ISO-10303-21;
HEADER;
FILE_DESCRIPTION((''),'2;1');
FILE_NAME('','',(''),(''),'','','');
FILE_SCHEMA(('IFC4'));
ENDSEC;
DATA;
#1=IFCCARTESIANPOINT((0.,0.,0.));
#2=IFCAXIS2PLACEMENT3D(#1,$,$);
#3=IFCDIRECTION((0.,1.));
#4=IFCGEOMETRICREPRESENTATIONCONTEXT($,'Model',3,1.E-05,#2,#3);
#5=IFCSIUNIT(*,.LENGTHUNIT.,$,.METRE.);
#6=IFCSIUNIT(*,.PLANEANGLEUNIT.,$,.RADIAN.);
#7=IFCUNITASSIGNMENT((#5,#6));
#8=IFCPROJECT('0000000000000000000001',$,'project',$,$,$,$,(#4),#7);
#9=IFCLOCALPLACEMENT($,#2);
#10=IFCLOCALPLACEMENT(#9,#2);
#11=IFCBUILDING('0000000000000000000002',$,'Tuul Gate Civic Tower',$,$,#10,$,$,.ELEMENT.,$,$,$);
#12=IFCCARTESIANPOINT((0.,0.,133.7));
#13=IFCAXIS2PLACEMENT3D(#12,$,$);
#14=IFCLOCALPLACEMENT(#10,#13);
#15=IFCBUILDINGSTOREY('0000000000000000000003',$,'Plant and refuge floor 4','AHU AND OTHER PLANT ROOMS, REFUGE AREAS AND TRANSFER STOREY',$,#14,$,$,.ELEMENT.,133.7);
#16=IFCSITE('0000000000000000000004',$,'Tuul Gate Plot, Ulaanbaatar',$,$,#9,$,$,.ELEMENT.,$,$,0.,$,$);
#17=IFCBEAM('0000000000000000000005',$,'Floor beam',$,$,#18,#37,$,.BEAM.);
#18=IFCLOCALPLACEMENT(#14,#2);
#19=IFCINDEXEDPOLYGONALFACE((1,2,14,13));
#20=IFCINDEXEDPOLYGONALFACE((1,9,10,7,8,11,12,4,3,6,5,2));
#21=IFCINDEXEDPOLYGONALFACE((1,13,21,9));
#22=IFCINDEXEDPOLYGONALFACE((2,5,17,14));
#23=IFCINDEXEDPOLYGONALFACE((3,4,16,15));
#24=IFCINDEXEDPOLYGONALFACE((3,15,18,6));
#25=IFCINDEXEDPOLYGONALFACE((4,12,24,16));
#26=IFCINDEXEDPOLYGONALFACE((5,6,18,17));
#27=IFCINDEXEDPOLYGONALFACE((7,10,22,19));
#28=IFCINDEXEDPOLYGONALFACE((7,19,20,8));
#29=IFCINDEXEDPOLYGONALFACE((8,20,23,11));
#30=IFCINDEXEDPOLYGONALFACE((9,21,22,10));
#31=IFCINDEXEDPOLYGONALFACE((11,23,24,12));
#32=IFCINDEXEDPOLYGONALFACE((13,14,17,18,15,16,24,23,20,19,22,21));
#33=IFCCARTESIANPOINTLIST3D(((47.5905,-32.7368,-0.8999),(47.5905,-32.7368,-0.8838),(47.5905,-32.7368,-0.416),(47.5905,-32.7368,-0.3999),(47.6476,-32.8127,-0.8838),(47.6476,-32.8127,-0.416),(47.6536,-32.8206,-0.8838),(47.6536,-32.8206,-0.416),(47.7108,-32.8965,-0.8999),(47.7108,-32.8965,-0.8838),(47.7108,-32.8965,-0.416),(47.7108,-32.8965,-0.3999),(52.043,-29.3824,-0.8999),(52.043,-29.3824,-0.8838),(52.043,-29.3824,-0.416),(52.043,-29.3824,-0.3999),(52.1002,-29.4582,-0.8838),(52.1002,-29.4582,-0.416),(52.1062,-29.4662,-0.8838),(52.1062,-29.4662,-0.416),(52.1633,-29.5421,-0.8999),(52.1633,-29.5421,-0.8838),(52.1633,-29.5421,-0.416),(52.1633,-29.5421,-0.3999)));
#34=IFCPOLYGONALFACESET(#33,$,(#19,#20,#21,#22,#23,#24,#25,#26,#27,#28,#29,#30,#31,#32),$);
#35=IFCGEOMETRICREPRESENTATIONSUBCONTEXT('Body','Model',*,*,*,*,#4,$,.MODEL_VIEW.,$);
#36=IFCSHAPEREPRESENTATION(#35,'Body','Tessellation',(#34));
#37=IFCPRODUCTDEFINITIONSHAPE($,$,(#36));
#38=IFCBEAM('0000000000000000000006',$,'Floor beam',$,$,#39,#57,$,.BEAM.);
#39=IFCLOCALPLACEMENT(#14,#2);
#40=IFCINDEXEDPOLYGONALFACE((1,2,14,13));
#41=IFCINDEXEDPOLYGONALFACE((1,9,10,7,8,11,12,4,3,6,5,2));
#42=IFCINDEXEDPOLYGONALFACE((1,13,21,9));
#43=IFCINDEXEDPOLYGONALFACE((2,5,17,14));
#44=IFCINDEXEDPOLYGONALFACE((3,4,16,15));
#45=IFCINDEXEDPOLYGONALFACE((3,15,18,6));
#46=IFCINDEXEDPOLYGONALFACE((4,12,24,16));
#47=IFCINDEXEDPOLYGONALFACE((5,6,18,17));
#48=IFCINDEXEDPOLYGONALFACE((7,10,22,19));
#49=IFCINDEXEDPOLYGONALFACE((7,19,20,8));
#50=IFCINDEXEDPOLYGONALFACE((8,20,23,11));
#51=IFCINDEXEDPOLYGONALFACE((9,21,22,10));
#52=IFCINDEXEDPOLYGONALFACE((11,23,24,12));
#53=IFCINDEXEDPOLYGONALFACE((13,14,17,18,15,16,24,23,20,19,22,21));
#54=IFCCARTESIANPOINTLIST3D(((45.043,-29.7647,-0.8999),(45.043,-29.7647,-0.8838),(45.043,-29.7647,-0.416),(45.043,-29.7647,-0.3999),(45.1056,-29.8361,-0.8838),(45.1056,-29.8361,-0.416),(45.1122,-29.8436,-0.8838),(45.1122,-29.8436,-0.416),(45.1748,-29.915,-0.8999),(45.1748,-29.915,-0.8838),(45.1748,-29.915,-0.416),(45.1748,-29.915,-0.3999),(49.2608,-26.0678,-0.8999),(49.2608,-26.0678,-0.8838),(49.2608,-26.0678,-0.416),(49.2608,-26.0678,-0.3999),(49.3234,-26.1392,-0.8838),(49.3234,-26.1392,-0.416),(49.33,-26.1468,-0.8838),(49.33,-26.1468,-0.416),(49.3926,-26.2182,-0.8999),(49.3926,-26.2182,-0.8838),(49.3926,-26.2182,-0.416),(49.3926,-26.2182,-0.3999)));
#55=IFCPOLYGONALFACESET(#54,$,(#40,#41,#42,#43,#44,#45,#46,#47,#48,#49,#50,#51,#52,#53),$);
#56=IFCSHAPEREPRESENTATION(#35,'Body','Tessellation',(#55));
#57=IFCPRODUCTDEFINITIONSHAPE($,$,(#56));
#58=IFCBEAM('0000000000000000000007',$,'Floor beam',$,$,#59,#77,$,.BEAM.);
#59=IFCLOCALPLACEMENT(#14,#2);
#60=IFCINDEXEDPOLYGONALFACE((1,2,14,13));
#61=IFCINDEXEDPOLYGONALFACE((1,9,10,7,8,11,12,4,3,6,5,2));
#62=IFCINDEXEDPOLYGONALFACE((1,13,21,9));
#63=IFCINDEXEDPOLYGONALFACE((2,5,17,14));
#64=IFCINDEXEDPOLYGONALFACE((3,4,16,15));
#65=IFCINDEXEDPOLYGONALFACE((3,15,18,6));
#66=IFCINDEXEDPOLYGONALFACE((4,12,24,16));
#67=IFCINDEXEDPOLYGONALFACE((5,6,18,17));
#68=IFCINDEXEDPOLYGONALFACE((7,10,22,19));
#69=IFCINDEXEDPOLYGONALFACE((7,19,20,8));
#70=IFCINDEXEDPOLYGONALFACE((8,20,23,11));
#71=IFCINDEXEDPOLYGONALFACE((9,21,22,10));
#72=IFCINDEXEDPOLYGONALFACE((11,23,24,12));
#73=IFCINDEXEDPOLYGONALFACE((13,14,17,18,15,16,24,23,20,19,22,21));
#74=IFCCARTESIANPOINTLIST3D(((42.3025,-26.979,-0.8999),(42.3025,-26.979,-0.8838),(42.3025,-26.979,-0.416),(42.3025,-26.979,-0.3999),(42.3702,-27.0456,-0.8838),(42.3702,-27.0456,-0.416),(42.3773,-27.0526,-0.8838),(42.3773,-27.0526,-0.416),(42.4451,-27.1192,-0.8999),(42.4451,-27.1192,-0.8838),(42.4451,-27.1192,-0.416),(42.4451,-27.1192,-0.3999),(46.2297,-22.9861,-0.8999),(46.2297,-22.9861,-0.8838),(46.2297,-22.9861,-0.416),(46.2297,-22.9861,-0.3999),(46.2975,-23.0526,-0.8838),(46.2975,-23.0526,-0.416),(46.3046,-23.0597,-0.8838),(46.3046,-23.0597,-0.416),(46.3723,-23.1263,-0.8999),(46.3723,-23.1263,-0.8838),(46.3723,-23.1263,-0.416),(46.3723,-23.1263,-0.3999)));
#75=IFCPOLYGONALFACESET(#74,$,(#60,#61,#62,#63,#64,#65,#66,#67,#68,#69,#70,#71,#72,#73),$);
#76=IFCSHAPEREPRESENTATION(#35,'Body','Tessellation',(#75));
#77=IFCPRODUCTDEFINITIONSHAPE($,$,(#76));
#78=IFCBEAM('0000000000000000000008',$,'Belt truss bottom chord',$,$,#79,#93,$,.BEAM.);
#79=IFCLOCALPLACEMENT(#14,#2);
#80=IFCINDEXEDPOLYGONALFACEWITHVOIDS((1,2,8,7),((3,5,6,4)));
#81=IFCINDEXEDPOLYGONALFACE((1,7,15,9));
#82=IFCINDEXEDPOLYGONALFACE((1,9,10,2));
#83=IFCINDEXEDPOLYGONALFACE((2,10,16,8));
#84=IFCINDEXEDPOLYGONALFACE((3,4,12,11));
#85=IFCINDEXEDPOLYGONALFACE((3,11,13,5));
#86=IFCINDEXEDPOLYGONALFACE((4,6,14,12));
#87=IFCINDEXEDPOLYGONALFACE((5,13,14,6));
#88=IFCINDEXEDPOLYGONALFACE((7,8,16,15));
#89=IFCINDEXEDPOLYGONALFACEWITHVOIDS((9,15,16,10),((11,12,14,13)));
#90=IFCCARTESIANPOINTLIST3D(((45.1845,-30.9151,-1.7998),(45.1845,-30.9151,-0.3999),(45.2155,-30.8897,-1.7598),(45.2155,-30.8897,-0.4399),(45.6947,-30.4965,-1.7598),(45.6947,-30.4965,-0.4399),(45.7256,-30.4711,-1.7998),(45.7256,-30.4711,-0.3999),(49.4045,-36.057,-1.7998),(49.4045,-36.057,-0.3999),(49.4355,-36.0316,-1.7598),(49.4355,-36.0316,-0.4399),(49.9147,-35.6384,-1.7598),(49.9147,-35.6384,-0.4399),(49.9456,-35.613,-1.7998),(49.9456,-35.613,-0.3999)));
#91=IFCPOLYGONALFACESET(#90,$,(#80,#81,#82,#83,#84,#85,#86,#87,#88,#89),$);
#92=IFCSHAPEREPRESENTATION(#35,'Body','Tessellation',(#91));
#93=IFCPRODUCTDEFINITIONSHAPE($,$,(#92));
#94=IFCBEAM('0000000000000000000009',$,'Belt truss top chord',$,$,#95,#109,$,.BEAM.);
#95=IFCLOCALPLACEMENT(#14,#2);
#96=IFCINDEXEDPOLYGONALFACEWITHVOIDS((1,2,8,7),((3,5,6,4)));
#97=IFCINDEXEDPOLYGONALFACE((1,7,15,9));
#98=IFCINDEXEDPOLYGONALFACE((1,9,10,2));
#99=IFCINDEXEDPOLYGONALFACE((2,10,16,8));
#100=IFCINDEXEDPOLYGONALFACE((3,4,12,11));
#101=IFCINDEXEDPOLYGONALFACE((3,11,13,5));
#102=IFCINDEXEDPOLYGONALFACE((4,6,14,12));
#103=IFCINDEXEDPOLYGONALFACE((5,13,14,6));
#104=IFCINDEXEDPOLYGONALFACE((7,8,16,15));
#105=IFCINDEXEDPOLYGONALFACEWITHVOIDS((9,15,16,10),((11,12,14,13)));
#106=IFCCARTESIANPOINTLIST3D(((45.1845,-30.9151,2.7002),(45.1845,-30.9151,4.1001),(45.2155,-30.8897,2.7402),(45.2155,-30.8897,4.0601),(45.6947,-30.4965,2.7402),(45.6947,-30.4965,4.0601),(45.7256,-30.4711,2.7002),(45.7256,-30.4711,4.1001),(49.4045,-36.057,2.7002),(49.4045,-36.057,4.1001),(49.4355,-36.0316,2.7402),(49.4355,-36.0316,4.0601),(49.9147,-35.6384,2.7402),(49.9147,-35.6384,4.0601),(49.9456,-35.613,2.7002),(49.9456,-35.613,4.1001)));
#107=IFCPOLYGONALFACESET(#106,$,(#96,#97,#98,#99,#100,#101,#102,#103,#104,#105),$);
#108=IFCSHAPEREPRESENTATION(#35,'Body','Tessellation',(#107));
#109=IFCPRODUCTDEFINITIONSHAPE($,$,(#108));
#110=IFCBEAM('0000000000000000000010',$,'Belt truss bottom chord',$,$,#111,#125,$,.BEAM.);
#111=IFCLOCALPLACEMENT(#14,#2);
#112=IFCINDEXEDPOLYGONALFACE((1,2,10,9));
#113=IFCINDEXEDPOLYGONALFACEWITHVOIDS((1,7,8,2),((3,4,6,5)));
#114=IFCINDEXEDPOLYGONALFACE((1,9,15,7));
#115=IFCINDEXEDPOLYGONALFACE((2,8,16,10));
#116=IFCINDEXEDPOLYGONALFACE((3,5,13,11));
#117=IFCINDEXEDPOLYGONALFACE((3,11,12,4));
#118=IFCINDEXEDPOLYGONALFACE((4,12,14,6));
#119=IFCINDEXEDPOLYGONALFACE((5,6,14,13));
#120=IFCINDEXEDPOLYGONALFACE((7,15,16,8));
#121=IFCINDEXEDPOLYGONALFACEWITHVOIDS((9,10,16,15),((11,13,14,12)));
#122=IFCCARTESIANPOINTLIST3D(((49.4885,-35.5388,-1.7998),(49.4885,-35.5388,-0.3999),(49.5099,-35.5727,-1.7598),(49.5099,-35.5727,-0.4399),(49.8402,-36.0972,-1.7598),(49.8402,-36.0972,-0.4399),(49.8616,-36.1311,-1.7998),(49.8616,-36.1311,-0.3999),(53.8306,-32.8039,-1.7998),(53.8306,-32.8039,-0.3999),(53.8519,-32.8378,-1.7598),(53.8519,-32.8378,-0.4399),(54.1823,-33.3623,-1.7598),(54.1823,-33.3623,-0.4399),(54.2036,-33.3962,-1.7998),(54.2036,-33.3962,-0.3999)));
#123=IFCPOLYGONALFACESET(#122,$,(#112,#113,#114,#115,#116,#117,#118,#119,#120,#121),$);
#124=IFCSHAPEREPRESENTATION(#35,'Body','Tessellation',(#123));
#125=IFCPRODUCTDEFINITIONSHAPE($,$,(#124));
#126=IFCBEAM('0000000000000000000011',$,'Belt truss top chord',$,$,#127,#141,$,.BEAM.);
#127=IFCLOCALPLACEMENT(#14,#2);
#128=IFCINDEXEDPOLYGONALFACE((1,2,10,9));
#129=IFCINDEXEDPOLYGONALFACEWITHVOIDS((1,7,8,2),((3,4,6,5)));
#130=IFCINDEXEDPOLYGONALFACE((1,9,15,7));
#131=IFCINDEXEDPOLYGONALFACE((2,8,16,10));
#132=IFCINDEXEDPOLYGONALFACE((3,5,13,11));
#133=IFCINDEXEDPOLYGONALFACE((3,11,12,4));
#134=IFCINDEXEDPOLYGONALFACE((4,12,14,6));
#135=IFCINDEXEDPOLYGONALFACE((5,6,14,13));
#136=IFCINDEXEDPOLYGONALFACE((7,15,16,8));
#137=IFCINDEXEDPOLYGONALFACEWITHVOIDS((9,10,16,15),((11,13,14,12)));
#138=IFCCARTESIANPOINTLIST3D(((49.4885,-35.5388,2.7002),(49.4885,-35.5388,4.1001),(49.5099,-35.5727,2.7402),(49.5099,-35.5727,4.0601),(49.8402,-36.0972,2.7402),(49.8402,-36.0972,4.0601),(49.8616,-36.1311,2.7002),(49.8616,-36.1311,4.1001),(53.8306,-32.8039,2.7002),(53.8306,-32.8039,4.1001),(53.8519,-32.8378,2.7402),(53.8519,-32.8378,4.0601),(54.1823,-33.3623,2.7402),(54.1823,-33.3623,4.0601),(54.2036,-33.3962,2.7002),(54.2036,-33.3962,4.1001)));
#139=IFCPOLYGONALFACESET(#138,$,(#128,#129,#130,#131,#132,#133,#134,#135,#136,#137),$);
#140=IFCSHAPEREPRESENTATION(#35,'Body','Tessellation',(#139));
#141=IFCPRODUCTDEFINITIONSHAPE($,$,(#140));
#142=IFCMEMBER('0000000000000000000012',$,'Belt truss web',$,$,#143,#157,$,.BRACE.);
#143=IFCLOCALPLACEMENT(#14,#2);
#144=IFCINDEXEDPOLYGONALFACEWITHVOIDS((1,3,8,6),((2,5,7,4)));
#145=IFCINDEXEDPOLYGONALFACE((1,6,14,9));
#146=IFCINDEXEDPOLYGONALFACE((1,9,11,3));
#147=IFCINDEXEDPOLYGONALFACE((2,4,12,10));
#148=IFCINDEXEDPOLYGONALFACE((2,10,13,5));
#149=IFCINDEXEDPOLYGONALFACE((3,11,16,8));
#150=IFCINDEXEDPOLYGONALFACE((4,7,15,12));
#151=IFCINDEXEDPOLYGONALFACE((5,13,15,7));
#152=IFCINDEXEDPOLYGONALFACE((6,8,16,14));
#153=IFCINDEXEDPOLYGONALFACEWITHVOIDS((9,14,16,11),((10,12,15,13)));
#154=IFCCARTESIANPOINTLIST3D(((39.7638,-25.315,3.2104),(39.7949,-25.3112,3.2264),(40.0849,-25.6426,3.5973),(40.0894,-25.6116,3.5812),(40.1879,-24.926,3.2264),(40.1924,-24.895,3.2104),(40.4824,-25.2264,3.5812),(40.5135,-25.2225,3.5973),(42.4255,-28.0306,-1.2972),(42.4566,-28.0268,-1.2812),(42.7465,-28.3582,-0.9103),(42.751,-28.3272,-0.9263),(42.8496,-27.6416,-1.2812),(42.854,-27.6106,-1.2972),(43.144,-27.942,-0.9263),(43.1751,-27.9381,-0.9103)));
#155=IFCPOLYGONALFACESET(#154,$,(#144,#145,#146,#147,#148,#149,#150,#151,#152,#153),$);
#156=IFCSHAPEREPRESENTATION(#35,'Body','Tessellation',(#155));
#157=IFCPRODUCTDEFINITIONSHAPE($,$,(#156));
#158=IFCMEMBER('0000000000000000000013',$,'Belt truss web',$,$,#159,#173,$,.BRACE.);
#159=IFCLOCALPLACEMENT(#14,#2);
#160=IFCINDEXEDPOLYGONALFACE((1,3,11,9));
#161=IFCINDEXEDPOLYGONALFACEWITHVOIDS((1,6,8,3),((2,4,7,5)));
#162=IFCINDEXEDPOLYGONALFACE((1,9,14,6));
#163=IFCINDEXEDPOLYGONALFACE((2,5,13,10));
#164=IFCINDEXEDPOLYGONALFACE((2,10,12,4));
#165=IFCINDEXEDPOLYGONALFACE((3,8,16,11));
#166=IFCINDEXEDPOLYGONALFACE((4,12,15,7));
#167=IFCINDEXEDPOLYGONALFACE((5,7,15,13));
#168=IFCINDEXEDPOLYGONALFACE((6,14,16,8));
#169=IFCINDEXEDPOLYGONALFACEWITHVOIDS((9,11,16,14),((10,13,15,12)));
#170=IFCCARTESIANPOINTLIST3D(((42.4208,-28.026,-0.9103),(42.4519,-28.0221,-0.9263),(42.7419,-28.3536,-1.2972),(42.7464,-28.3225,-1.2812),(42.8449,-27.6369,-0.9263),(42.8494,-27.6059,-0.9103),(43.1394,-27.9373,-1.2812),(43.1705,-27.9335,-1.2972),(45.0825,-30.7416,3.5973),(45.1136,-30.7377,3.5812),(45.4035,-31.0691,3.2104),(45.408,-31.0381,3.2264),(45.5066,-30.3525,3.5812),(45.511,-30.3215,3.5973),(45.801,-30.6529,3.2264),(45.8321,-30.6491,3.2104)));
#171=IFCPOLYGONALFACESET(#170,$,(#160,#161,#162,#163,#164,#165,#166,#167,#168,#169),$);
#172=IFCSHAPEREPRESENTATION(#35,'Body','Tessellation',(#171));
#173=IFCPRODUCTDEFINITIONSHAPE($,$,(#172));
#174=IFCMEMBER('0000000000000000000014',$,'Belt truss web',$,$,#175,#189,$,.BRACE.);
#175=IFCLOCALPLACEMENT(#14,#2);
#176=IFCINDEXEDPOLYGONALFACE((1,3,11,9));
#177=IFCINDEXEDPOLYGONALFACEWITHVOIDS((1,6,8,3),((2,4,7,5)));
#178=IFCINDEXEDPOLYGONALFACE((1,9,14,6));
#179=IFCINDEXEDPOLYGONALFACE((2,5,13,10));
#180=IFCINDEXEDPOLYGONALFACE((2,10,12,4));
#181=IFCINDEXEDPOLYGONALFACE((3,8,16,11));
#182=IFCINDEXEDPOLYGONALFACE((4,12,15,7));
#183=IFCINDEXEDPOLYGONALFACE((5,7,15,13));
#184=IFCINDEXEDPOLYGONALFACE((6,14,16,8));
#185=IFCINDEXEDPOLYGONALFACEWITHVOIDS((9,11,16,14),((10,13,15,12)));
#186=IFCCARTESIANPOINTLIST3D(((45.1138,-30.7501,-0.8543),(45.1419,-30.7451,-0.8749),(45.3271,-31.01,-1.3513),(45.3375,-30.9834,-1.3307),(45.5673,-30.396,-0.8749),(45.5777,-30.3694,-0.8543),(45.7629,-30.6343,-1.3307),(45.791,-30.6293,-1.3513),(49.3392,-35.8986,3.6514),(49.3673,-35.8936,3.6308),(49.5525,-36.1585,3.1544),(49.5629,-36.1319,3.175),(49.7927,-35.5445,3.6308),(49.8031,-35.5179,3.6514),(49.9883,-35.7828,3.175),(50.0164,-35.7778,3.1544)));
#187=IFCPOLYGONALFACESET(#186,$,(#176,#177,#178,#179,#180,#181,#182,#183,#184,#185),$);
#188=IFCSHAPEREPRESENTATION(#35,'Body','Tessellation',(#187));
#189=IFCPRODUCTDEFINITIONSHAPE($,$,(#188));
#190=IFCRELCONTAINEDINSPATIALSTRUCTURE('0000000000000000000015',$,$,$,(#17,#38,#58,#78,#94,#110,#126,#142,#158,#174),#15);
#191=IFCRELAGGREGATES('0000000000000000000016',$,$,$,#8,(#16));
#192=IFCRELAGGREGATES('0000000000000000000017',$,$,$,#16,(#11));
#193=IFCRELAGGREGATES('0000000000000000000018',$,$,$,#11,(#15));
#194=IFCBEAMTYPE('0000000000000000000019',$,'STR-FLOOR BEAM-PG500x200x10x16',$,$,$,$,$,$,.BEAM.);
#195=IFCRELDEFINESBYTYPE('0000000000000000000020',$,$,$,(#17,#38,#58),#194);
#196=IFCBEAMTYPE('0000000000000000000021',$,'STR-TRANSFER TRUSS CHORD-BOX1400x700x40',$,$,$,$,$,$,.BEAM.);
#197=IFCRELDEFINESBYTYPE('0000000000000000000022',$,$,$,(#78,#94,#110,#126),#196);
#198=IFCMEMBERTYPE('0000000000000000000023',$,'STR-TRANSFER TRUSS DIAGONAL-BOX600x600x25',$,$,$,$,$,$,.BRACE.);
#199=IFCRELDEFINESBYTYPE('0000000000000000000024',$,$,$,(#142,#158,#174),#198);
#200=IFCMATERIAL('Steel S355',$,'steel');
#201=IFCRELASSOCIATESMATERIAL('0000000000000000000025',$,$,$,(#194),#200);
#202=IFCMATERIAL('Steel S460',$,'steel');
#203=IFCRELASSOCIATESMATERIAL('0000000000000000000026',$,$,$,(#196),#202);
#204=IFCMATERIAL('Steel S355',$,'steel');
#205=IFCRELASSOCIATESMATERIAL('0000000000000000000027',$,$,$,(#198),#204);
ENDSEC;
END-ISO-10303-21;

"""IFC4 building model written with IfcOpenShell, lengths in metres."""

from ifc_helpers import new_model, si_unit, direction, frame, origin, origin_2d, place, context, subcontext, project, spatial, hollow_rectangle, i_section, extrude, material, material_profile, profile_set, type_object, element, save


model = new_model("IFC4")

# Units and contexts
model_context = context("Model", 3, precision=1e-05, world=origin(), true_north=direction((0.0, 1.0)))
body_context = subcontext(model_context, "Body", "Model", "MODEL_VIEW")
ifc_project = project(units=[si_unit("LENGTHUNIT", "METRE"), si_unit("PLANEANGLEUNIT", "RADIAN")], contexts=[model_context])

# Site, building, storey
site_placement = place(None, origin())
site = spatial("IfcSite", under=ifc_project, at=site_placement, Name="Tuul Gate Plot, Ulaanbaatar", CompositionType="ELEMENT", RefElevation=0.0)
building_placement = place(site_placement, origin())
building = spatial("IfcBuilding", under=site, at=building_placement, Name="Tuul Gate Civic Tower", CompositionType="ELEMENT")
storey_placement = place(building_placement, frame((0.0, 0.0, 133.7)))
storey = spatial("IfcBuildingStorey", under=building, at=storey_placement, Name="Plant and refuge floor 4", Description="AHU AND OTHER PLANT ROOMS, REFUGE AREAS AND TRANSFER STOREY", CompositionType="ELEMENT", Elevation=133.7)

# Beams
ifc_material_1 = material(Name="Steel S355", Category="steel")
ifc_material_profile_1 = material_profile(ifc_material_1, i_section(OverallWidth=0.2, OverallDepth=0.5, WebThickness=0.01, FlangeThickness=0.0161, at=origin_2d()), Name="PG500x200x10x16")
ifc_profile_set_1 = profile_set([ifc_material_profile_1], Name="Steel S355")
beam_type_1 = type_object("IfcBeamType", Name="STR-FLOOR BEAM-PG500x200x10x16", PredefinedType="BEAM", material=ifc_profile_set_1)
beam_1_placement = place(storey_placement, frame((47.6506, -32.8167, -0.6499), z_axis=(0.798705, 0.601722, 0.0), x_axis=(-0.601722, 0.798705, 0.0)))
element("IfcBeam", 1, at=beam_1_placement, inside=storey, type_object=beam_type_1, Name="Floor beam", PredefinedType="BEAM", context=body_context, shape_type="SweptSolid", body=[
    extrude(i_section(OverallWidth=0.2, OverallDepth=0.5, WebThickness=0.01, FlangeThickness=0.0161, at=origin_2d()), origin(), (0.0, 0.0, 1.0), 5.5747),
])
beam_2_placement = place(storey_placement, frame((45.1089, -29.8398, -0.6499), z_axis=(0.752026, 0.659133, 0.0), x_axis=(-0.659133, 0.752026, 0.0)))
element("IfcBeam", 2, at=beam_2_placement, inside=storey, type_object=beam_type_1, Name="Floor beam", PredefinedType="BEAM", context=body_context, shape_type="SweptSolid", body=[
    extrude(i_section(OverallWidth=0.2, OverallDepth=0.5, WebThickness=0.01, FlangeThickness=0.0161, at=origin_2d()), origin(), (0.0, 0.0, 1.0), 5.6086),
])
beam_3_placement = place(storey_placement, frame((42.3738, -27.0491, -0.6499), z_axis=(0.701219, 0.712946, 0.0), x_axis=(-0.712946, 0.701219, 0.0)))
element("IfcBeam", 3, at=beam_3_placement, inside=storey, type_object=beam_type_1, Name="Floor beam", PredefinedType="BEAM", context=body_context, shape_type="SweptSolid", body=[
    extrude(i_section(OverallWidth=0.2, OverallDepth=0.5, WebThickness=0.01, FlangeThickness=0.0161, at=origin_2d()), origin(), (0.0, 0.0, 1.0), 5.6006),
])
ifc_material_2 = material(Name="Steel S460", Category="steel")
ifc_material_profile_2 = material_profile(ifc_material_2, hollow_rectangle(XDim=0.7, YDim=1.3999, WallThickness=0.04, at=origin_2d()), Name="BOX1400x700x40")
ifc_profile_set_2 = profile_set([ifc_material_profile_2], Name="Steel S460")
beam_type_2 = type_object("IfcBeamType", Name="STR-TRANSFER TRUSS CHORD-BOX1400x700x40", PredefinedType="BEAM", material=ifc_profile_set_2)
for number, where, z_axis, x_axis, name in (
    (4, (45.4551, -30.6931, -1.0999), (0.634408, -0.772998, 0.0), (0.772998, 0.634408, 0.0), "Belt truss bottom chord"),
    (5, (45.4551, -30.6931, 3.4001), (0.634408, -0.772998, 0.0), (0.772998, 0.634408, 0.0), "Belt truss top chord"),
):
    element("IfcBeam", number, at=place(storey_placement, frame(where, z_axis=z_axis, x_axis=x_axis)), inside=storey, type_object=beam_type_2, Name=name, PredefinedType="BEAM", context=body_context, shape_type="SweptSolid", body=[
        extrude(hollow_rectangle(XDim=0.7, YDim=1.3999, WallThickness=0.04, at=origin_2d()), origin(), (0.0, 0.0, 1.0), 6.6519),
    ])
for number, where, z_axis, x_axis, name in (
    (6, (49.675, -35.835, -1.0999), (0.846146, 0.532951, 0.0), (-0.532951, 0.846146, 0.0), "Belt truss bottom chord"),
    (7, (49.675, -35.835, 3.4001), (0.846146, 0.532951, 0.0), (-0.532951, 0.846146, 0.0), "Belt truss top chord"),
):
    element("IfcBeam", number, at=place(storey_placement, frame(where, z_axis=z_axis, x_axis=x_axis)), inside=storey, type_object=beam_type_2, Name=name, PredefinedType="BEAM", context=body_context, shape_type="SweptSolid", body=[
        extrude(hollow_rectangle(XDim=0.7, YDim=1.3999, WallThickness=0.04, at=origin_2d()), origin(), (0.0, 0.0, 1.0), 5.1316),
    ])

# Members
ifc_material_3 = material(Name="Steel S355", Category="steel")
ifc_material_profile_3 = material_profile(ifc_material_3, hollow_rectangle(XDim=0.6001, YDim=0.6001, WallThickness=0.0249, at=origin_2d()), Name="BOX600x600x25")
ifc_profile_set_3 = profile_set([ifc_material_profile_3], Name="Steel S355")
member_type_1 = type_object("IfcMemberType", Name="STR-TRANSFER TRUSS DIAGONAL-BOX600x600x25", PredefinedType="BRACE", material=ifc_profile_set_3)
for number, where, z_axis, x_axis, name in (
    (8, (42.8003, -27.9844, -1.1038), (-0.451338, 0.460487, 0.76436), (-0.714166, -0.699976, 0.0), "Belt truss web"),
    (9, (42.7957, -27.9797, -1.1038), (0.451338, -0.460487, 0.76436), (0.714166, 0.699976, 0.0), "Belt truss web"),
):
    element("IfcMember", number, at=place(storey_placement, frame(where, z_axis=z_axis, x_axis=x_axis)), inside=storey, type_object=member_type_1, Name=name, PredefinedType="BRACE", context=body_context, shape_type="SweptSolid", body=[
        extrude(hollow_rectangle(XDim=0.6001, YDim=0.6001, WallThickness=0.0249, at=origin_2d()), origin(), (0.0, 0.0, 1.0), 5.8972),
    ])
member_placement = place(storey_placement, frame((45.4524, -30.6897, -1.1028), z_axis=(0.525463, -0.640259, 0.560318), x_axis=(0.773001, 0.634405, 0.0)))
element("IfcMember", 10, at=member_placement, inside=storey, type_object=member_type_1, Name="Belt truss web", PredefinedType="BRACE", context=body_context, shape_type="SweptSolid", body=[
    extrude(hollow_rectangle(XDim=0.6001, YDim=0.6001, WallThickness=0.0249, at=origin_2d()), origin(), (0.0, 0.0, 1.0), 8.0413),
])

save(model, "model.ifc")
